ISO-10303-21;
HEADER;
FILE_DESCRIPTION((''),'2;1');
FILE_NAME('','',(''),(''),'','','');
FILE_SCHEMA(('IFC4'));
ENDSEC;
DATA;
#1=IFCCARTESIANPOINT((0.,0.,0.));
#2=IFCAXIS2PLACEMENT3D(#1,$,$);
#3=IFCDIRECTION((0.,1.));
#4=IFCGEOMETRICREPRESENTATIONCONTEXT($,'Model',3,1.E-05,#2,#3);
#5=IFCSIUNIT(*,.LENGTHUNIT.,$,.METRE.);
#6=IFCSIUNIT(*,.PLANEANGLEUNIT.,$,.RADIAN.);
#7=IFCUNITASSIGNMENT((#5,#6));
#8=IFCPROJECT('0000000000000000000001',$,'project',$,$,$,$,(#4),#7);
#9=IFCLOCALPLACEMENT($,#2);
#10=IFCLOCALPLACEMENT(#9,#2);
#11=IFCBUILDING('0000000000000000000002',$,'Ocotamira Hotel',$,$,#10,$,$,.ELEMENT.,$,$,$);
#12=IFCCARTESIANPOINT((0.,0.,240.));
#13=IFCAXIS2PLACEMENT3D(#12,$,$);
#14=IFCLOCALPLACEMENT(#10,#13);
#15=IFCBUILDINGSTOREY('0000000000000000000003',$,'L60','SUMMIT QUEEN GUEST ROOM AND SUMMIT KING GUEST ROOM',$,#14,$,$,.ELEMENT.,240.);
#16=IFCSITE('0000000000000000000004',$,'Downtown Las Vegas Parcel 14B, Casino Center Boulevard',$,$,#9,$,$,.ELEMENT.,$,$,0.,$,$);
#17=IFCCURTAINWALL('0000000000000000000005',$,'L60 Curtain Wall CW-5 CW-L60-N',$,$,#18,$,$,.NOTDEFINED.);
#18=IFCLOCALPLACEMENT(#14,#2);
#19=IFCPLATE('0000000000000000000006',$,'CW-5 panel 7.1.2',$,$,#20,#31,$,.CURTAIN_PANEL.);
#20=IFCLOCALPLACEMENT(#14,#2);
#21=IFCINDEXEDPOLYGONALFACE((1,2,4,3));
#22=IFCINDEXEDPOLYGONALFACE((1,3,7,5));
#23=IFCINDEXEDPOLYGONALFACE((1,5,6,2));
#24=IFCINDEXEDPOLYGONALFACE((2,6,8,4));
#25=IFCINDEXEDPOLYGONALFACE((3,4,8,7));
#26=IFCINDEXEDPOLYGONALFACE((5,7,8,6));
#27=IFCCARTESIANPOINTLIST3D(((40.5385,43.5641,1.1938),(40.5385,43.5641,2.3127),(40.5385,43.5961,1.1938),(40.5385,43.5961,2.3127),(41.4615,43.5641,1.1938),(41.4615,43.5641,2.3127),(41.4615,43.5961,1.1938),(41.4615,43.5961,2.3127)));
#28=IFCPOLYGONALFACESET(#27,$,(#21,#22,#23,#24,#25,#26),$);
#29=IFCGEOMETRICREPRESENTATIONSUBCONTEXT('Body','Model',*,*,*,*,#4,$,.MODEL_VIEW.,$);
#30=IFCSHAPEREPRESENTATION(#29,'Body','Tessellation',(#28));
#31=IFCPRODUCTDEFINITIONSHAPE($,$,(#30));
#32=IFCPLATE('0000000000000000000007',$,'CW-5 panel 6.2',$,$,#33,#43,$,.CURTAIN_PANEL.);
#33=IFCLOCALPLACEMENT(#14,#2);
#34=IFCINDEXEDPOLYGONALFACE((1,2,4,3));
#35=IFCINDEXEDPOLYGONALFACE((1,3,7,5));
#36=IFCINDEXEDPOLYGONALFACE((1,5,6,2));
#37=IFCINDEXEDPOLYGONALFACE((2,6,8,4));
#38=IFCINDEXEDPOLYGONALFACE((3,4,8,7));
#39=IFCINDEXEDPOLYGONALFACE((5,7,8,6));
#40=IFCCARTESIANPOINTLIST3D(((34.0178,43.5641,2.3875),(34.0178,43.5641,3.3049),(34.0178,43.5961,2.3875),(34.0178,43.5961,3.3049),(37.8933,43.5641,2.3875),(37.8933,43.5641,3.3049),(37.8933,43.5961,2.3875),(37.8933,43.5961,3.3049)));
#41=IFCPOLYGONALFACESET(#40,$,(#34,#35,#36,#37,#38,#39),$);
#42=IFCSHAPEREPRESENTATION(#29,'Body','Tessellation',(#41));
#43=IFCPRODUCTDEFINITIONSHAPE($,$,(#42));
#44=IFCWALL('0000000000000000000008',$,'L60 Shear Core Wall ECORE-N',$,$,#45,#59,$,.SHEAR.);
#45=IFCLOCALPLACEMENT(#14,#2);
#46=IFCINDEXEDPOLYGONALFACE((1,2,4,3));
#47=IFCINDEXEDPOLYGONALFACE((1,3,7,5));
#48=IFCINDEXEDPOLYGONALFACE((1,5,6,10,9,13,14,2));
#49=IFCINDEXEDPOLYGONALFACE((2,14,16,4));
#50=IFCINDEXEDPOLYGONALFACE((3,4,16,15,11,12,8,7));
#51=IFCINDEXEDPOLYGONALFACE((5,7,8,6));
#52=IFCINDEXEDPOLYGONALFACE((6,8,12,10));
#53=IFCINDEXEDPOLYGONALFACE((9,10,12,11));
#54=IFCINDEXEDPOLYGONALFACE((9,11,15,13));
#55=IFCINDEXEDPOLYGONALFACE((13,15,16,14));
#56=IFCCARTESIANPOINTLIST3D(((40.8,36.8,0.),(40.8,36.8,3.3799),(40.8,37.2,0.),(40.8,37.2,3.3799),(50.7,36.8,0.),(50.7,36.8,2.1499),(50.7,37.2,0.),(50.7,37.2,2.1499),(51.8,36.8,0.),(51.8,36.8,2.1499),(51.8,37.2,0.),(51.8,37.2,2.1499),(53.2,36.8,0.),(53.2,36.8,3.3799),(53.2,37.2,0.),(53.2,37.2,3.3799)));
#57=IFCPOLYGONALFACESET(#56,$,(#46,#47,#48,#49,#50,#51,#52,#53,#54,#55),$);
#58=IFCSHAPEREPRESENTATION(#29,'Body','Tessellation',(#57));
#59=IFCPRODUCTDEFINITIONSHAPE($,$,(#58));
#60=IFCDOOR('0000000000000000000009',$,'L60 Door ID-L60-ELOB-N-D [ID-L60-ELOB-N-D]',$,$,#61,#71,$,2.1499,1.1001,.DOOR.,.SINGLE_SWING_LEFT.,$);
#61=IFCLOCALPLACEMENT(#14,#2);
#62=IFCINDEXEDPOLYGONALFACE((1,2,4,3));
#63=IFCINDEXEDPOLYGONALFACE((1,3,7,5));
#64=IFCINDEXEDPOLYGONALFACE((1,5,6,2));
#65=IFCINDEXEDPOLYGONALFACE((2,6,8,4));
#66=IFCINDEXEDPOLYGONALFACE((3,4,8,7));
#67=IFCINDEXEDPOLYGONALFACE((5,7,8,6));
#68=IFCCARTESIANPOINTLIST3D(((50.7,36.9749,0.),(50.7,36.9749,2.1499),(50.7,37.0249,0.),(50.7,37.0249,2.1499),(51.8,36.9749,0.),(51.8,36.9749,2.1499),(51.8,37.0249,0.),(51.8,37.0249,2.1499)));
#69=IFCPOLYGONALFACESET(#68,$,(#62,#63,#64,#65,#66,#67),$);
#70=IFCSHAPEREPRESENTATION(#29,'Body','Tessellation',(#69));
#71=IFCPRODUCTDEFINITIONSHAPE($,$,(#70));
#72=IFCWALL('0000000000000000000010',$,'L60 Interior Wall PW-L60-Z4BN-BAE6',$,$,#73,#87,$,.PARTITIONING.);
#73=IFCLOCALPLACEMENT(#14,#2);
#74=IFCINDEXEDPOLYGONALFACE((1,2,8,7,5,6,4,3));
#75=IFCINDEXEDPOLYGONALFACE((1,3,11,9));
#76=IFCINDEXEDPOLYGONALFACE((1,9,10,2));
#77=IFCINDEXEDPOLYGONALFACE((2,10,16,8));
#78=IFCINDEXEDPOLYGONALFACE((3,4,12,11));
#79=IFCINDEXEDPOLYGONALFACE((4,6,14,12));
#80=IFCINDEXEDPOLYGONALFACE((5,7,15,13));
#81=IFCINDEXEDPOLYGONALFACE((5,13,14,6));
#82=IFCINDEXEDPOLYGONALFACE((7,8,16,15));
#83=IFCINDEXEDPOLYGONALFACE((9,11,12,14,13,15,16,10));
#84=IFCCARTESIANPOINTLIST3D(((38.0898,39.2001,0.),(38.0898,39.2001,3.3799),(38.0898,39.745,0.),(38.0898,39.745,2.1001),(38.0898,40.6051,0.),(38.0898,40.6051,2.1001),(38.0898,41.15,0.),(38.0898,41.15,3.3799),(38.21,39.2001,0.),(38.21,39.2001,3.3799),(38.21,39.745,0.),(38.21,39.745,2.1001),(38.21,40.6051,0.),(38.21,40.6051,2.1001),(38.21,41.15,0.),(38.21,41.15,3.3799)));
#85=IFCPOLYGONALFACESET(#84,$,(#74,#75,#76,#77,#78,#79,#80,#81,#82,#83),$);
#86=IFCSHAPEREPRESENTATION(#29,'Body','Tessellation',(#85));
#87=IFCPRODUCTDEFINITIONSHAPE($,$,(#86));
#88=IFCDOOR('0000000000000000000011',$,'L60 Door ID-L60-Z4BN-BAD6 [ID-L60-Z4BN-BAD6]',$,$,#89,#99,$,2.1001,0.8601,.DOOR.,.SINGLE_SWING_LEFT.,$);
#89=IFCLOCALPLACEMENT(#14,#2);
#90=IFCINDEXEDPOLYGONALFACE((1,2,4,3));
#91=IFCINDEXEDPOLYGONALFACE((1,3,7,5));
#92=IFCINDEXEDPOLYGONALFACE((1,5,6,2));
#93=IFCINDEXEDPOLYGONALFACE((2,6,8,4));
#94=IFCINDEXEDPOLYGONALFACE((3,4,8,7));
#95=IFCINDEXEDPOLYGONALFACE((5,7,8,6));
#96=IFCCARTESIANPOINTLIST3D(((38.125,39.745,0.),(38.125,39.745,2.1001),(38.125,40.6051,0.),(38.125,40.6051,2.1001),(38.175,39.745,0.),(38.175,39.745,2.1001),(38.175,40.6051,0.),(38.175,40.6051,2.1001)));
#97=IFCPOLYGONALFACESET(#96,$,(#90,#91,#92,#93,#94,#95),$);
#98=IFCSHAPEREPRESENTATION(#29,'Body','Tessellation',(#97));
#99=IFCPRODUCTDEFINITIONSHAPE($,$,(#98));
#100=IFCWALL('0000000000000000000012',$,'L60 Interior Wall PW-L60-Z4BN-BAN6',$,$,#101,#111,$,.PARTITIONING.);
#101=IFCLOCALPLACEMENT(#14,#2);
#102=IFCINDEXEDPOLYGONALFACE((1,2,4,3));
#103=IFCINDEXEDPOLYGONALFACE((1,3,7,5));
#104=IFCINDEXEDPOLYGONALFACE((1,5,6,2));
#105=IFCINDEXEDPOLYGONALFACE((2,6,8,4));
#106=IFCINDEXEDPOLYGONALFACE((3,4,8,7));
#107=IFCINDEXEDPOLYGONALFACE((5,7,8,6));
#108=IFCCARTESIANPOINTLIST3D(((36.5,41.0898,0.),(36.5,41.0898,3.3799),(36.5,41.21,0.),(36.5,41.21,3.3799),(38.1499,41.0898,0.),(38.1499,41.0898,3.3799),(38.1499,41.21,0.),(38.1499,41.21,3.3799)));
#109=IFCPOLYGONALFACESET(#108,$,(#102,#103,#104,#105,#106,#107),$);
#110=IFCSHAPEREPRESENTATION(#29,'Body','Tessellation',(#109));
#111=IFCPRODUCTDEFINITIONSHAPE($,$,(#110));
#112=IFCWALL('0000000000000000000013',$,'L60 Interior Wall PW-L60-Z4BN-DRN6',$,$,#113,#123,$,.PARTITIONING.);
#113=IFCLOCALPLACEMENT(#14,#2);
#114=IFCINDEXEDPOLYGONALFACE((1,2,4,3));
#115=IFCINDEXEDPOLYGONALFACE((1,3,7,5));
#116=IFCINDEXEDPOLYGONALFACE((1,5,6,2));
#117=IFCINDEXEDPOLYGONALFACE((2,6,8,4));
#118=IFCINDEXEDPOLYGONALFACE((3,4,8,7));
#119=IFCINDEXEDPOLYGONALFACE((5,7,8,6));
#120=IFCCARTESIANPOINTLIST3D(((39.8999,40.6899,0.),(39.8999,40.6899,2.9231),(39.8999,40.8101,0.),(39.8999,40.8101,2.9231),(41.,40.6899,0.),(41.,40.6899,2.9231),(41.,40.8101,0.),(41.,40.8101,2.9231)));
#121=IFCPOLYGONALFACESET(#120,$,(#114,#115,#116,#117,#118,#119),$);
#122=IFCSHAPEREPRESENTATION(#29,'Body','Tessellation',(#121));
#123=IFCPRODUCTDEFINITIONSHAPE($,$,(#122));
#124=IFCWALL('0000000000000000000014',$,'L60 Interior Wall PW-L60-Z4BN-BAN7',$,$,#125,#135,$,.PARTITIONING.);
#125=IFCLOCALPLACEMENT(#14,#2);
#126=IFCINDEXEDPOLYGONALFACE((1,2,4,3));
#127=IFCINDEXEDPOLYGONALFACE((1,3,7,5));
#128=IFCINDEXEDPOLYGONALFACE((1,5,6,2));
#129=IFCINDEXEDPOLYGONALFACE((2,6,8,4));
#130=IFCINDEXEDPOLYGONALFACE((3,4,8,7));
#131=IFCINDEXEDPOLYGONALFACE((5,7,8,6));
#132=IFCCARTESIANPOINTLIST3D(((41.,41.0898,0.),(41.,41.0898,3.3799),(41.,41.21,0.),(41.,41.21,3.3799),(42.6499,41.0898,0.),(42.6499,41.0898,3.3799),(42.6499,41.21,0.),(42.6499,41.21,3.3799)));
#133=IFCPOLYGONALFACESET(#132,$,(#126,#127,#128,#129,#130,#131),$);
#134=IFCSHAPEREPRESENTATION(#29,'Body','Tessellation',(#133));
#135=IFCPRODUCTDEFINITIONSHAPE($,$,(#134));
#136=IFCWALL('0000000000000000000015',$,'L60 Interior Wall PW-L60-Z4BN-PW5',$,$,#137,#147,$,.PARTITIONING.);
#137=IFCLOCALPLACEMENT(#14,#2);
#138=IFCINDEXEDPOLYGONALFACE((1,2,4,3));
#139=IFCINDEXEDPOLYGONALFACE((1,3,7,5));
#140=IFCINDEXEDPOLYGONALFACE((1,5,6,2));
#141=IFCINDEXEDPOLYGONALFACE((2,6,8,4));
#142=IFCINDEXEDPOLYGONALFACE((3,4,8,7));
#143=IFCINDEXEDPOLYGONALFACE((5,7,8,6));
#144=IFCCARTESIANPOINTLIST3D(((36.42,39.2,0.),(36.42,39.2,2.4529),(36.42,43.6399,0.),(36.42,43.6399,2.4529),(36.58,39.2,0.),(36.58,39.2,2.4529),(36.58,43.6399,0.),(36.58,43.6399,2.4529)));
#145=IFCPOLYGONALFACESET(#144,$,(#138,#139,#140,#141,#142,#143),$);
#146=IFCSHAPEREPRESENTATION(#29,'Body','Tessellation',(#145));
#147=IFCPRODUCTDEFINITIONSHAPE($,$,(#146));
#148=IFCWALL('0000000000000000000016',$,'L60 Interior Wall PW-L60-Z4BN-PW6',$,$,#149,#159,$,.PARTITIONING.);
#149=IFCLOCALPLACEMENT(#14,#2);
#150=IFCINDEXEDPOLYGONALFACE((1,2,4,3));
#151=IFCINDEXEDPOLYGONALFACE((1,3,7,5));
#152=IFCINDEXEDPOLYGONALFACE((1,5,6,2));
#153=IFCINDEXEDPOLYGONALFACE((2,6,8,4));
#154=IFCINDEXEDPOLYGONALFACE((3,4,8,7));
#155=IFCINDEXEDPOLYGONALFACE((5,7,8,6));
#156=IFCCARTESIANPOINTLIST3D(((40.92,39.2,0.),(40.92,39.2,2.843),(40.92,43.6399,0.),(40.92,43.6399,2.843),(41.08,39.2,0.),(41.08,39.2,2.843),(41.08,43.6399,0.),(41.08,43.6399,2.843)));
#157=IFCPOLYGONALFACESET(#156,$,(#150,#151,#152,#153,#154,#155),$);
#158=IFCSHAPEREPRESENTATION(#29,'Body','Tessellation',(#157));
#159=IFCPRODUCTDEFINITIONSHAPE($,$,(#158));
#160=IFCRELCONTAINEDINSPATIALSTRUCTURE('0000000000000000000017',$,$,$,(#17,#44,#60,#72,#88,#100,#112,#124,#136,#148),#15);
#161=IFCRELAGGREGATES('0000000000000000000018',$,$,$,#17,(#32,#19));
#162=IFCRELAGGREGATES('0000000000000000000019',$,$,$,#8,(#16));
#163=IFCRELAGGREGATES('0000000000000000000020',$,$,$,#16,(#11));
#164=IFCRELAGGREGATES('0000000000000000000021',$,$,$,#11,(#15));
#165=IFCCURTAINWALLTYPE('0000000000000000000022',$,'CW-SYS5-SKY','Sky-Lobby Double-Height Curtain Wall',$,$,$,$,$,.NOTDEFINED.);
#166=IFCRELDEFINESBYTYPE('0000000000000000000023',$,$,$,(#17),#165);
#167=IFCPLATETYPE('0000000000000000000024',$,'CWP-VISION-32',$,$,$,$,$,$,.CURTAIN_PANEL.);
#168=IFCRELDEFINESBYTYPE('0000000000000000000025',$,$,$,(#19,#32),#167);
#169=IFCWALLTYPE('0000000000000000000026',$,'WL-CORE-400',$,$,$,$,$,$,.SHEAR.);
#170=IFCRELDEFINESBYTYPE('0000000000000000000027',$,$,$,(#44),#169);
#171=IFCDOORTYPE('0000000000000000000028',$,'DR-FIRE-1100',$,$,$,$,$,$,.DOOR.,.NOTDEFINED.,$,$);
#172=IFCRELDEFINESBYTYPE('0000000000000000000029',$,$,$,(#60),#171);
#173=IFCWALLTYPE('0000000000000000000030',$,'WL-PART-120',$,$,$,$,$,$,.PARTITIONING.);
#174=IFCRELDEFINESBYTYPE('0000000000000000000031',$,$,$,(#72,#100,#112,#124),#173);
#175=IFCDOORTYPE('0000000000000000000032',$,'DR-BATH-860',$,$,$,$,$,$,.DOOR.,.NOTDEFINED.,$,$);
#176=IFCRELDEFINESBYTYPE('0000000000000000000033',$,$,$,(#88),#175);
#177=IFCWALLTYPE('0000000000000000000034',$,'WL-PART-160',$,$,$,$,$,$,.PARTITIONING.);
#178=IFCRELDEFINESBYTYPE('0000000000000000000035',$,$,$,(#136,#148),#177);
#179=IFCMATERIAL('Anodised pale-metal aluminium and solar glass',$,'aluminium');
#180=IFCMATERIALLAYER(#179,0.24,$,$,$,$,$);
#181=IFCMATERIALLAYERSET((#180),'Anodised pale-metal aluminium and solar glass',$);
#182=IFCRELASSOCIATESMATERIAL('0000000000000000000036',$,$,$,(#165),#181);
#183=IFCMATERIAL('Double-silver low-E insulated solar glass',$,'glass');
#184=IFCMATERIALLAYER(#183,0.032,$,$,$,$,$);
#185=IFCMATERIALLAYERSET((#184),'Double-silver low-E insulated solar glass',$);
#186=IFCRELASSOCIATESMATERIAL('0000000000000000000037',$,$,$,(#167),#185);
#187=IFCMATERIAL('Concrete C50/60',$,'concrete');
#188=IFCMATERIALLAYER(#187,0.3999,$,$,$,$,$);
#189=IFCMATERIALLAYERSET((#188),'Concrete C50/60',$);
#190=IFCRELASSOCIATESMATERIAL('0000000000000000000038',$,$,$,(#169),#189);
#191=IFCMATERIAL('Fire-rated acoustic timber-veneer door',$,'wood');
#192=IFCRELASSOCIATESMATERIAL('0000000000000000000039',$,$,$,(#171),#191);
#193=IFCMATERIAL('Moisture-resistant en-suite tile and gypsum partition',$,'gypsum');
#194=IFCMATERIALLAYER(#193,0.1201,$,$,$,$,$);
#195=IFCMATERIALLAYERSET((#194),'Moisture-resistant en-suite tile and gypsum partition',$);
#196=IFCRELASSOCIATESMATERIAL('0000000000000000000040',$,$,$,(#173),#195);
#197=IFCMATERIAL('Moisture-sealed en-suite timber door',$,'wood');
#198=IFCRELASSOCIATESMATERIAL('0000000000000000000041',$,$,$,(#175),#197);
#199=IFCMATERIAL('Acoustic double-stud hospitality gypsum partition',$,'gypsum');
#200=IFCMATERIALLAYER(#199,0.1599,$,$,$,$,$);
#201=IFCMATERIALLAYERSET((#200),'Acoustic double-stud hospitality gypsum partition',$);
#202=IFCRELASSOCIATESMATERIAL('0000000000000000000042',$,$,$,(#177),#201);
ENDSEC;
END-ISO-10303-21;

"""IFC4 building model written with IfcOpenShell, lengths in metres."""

from ifc_helpers import new_model, si_unit, direction, frame, frame_2d, origin, origin_2d, place, context, subcontext, project, spatial, rectangle, extrude, source, transform, mapped, material, layer, layer_set, type_object, element, fill, aggregate, save


model = new_model("IFC4")

# Units and contexts
model_context = context("Model", 3, precision=1e-05, world=origin(), true_north=direction((0.0, 1.0)))
body_context = subcontext(model_context, "Body", "Model", "MODEL_VIEW")
ifc_project = project(units=[si_unit("LENGTHUNIT", "METRE"), si_unit("PLANEANGLEUNIT", "RADIAN")], contexts=[model_context])

# Site, building, storey
site_placement = place(None, origin())
site = spatial("IfcSite", under=ifc_project, at=site_placement, Name="Downtown Las Vegas Parcel 14B, Casino Center Boulevard", CompositionType="ELEMENT", RefElevation=0.0)
building_placement = place(site_placement, origin())
building = spatial("IfcBuilding", under=site, at=building_placement, Name="Ocotamira Hotel", CompositionType="ELEMENT")
storey_placement = place(building_placement, frame((0.0, 0.0, 240.0)))
storey = spatial("IfcBuildingStorey", under=building, at=storey_placement, Name="L60", Description="SUMMIT QUEEN GUEST ROOM AND SUMMIT KING GUEST ROOM", CompositionType="ELEMENT", Elevation=240.0)

# Shared definitions
ifc_material_1 = material(Name="Concrete C50/60", Category="concrete")

# Curtain wall
ifc_material_2 = material(Name="Anodised pale-metal aluminium and solar glass", Category="aluminium")
ifc_layer_1 = layer(ifc_material_2, 0.24)
ifc_layer_set_1 = layer_set([ifc_layer_1], Name="Anodised pale-metal aluminium and solar glass")
curtain_wall_type = type_object("IfcCurtainWallType", Name="CW-SYS5-SKY", Description="Sky-Lobby Double-Height Curtain Wall", PredefinedType="NOTDEFINED", material=ifc_layer_set_1)
curtain_wall_placement = place(storey_placement, origin())
curtain_wall = element("IfcCurtainWall", 1, at=curtain_wall_placement, inside=storey, type_object=curtain_wall_type, Name="L60 Curtain Wall CW-5 CW-L60-N", PredefinedType="NOTDEFINED")

# Plates
ifc_material_3 = material(Name="Double-silver low-E insulated solar glass", Category="glass")
ifc_layer_2 = layer(ifc_material_3, 0.032)
ifc_layer_set_2 = layer_set([ifc_layer_2], Name="Double-silver low-E insulated solar glass")
plate_type_1 = type_object("IfcPlateType", Name="CWP-VISION-32", PredefinedType="CURTAIN_PANEL", material=ifc_layer_set_2)
shared_shape_1 = source(origin(), body_context, "Body", "SweptSolid", [
    extrude(rectangle(XDim=0.9231, YDim=0.032, at=origin_2d()), origin(), (0.0, 0.0, 1.0), 1.1189),
])
plate_1_placement = place(storey_placement, frame((41.0, 43.5801, 1.1938), z_axis=(0.0, 0.0, 1.0), x_axis=(1.0, 0.0, 0.0)))
plate_1 = element("IfcPlate", 2, at=plate_1_placement, type_object=plate_type_1, Name="CW-5 panel 7.1.2", PredefinedType="CURTAIN_PANEL", context=body_context, shape_type="MappedRepresentation", body=[
    mapped(shared_shape_1, transform((0.0, 0.0, 0.0), scale=1.0)),
])
shared_shape_2 = source(origin(), body_context, "Body", "SweptSolid", [
    extrude(rectangle(XDim=3.8755, YDim=0.032, at=origin_2d()), origin(), (0.0, 0.0, 1.0), 0.9175),
])
plate_2_placement = place(storey_placement, frame((35.9556, 43.5801, 2.3875), z_axis=(0.0, 0.0, 1.0), x_axis=(1.0, 0.0, 0.0)))
plate_2 = element("IfcPlate", 3, at=plate_2_placement, type_object=plate_type_1, Name="CW-5 panel 6.2", PredefinedType="CURTAIN_PANEL", context=body_context, shape_type="MappedRepresentation", body=[
    mapped(shared_shape_2, transform((0.0, 0.0, 0.0), scale=1.0)),
])
aggregate(curtain_wall, [plate_2, plate_1])

# Walls, openings, doors
ifc_layer_3 = layer(ifc_material_1, 0.3999)
ifc_layer_set_3 = layer_set([ifc_layer_3], Name="Concrete C50/60")
wall_type_1 = type_object("IfcWallType", Name="WL-CORE-400", PredefinedType="SHEAR", material=ifc_layer_set_3)
wall_1_placement = place(storey_placement, frame((40.8, 37.0, 0.0), z_axis=(0.0, 0.0, 1.0), x_axis=(1.0, 0.0, 0.0)))
wall_1 = element("IfcWall", 4, at=wall_1_placement, inside=storey, type_object=wall_type_1, Name="L60 Shear Core Wall ECORE-N", PredefinedType="SHEAR", context=body_context, shape_type="SweptSolid", body=[
    extrude(rectangle(XDim=12.3999, YDim=0.3999, at=frame_2d((6.2, 0.0))), origin(), (0.0, 0.0, 1.0), 3.3799),
])
opening_1_placement = place(wall_1_placement, frame((9.8999, 0.0, 0.0)))
opening_1 = element("IfcOpeningElement", 5, at=opening_1_placement, cuts=wall_1, PredefinedType="OPENING", context=body_context, shape_type="SweptSolid", body=[
    extrude(rectangle(XDim=1.1001, YDim=2.1499, at=frame_2d((0.55, 1.075))), frame((0.0, 0.21, 0.0), z_axis=(0.0, -1.0, 0.0), x_axis=(1.0, 0.0, 0.0)), (0.0, 0.0, 1.0), 0.4199),
])
ifc_material_4 = material(Name="Fire-rated acoustic timber-veneer door", Category="wood")
door_type_1 = type_object("IfcDoorType", Name="DR-FIRE-1100", OperationType="NOTDEFINED", PredefinedType="DOOR", material=ifc_material_4)
shared_shape_3 = source(origin(), body_context, "Body", "SweptSolid", [
    extrude(rectangle(XDim=1.1001, YDim=2.1499, at=frame_2d((0.55, 1.075))), frame((0.0, 0.0249, 0.0), z_axis=(0.0, -1.0, 0.0), x_axis=(1.0, 0.0, 0.0)), (0.0, 0.0, 1.0), 0.05),
])
door_1_placement = place(opening_1_placement, origin())
door_1 = element("IfcDoor", 6, at=door_1_placement, inside=storey, type_object=door_type_1, Name="L60 Door ID-L60-ELOB-N-D [ID-L60-ELOB-N-D]", OperationType="SINGLE_SWING_LEFT", OverallHeight=2.1499, OverallWidth=1.1001, PredefinedType="DOOR", context=body_context, shape_type="MappedRepresentation", body=[
    mapped(shared_shape_3, transform((0.0, 0.0, 0.0), scale=1.0)),
])
fill(opening_1, door_1)
ifc_material_5 = material(Name="Moisture-resistant en-suite tile and gypsum partition", Category="gypsum")
ifc_layer_4 = layer(ifc_material_5, 0.1201)
ifc_layer_set_4 = layer_set([ifc_layer_4], Name="Moisture-resistant en-suite tile and gypsum partition")
wall_type_2 = type_object("IfcWallType", Name="WL-PART-120", PredefinedType="PARTITIONING", material=ifc_layer_set_4)
wall_2_placement = place(storey_placement, frame((38.1499, 39.2, 0.0), z_axis=(0.0, 0.0, 1.0), x_axis=(0.0, 1.0, 0.0)))
wall_2 = element("IfcWall", 7, at=wall_2_placement, inside=storey, type_object=wall_type_2, Name="L60 Interior Wall PW-L60-Z4BN-BAE6", PredefinedType="PARTITIONING", context=body_context, shape_type="SweptSolid", body=[
    extrude(rectangle(XDim=1.95, YDim=0.1201, at=frame_2d((0.9751, 0.0))), origin(), (0.0, 0.0, 1.0), 3.3799),
])
opening_2_placement = place(wall_2_placement, frame((0.5449, 0.0, 0.0)))
opening_2 = element("IfcOpeningElement", 8, at=opening_2_placement, cuts=wall_2, PredefinedType="OPENING", context=body_context, shape_type="SweptSolid", body=[
    extrude(rectangle(XDim=0.8601, YDim=2.1001, at=frame_2d((0.4302, 1.05))), frame((0.0, 0.0701, 0.0), z_axis=(0.0, -1.0, 0.0), x_axis=(1.0, 0.0, 0.0)), (0.0, 0.0, 1.0), 0.1401),
])
ifc_material_6 = material(Name="Moisture-sealed en-suite timber door", Category="wood")
door_type_2 = type_object("IfcDoorType", Name="DR-BATH-860", OperationType="NOTDEFINED", PredefinedType="DOOR", material=ifc_material_6)
shared_shape_4 = source(origin(), body_context, "Body", "SweptSolid", [
    extrude(rectangle(XDim=0.8601, YDim=2.1001, at=frame_2d((0.4302, 1.05))), frame((0.0, 0.0249, 0.0), z_axis=(0.0, -1.0, 0.0), x_axis=(1.0, 0.0, 0.0)), (0.0, 0.0, 1.0), 0.05),
])
door_2_placement = place(opening_2_placement, origin())
door_2 = element("IfcDoor", 9, at=door_2_placement, inside=storey, type_object=door_type_2, Name="L60 Door ID-L60-Z4BN-BAD6 [ID-L60-Z4BN-BAD6]", OperationType="SINGLE_SWING_LEFT", OverallHeight=2.1001, OverallWidth=0.8601, PredefinedType="DOOR", context=body_context, shape_type="MappedRepresentation", body=[
    mapped(shared_shape_4, transform((0.0, 0.0, 0.0), scale=1.0)),
])
fill(opening_2, door_2)

# Walls
wall_3_placement = place(storey_placement, frame((36.5, 41.1499, 0.0), z_axis=(0.0, 0.0, 1.0), x_axis=(1.0, 0.0, 0.0)))
element("IfcWall", 10, at=wall_3_placement, inside=storey, type_object=wall_type_2, Name="L60 Interior Wall PW-L60-Z4BN-BAN6", PredefinedType="PARTITIONING", context=body_context, shape_type="SweptSolid", body=[
    extrude(rectangle(XDim=1.6499, YDim=0.1201, at=frame_2d((0.825, 0.0))), origin(), (0.0, 0.0, 1.0), 3.3799),
])
wall_4_placement = place(storey_placement, frame((39.8999, 40.75, 0.0), z_axis=(0.0, 0.0, 1.0), x_axis=(1.0, 0.0, 0.0)))
element("IfcWall", 11, at=wall_4_placement, inside=storey, type_object=wall_type_2, Name="L60 Interior Wall PW-L60-Z4BN-DRN6", PredefinedType="PARTITIONING", context=body_context, shape_type="SweptSolid", body=[
    extrude(rectangle(XDim=1.1001, YDim=0.1201, at=frame_2d((0.55, 0.0))), origin(), (0.0, 0.0, 1.0), 2.9231),
])
wall_5_placement = place(storey_placement, frame((41.0, 41.1499, 0.0), z_axis=(0.0, 0.0, 1.0), x_axis=(1.0, 0.0, 0.0)))
element("IfcWall", 12, at=wall_5_placement, inside=storey, type_object=wall_type_2, Name="L60 Interior Wall PW-L60-Z4BN-BAN7", PredefinedType="PARTITIONING", context=body_context, shape_type="SweptSolid", body=[
    extrude(rectangle(XDim=1.6499, YDim=0.1201, at=frame_2d((0.825, 0.0))), origin(), (0.0, 0.0, 1.0), 3.3799),
])
ifc_material_7 = material(Name="Acoustic double-stud hospitality gypsum partition", Category="gypsum")
ifc_layer_5 = layer(ifc_material_7, 0.1599)
ifc_layer_set_5 = layer_set([ifc_layer_5], Name="Acoustic double-stud hospitality gypsum partition")
wall_type_3 = type_object("IfcWallType", Name="WL-PART-160", PredefinedType="PARTITIONING", material=ifc_layer_set_5)
wall_6_placement = place(storey_placement, frame((36.5, 39.2, 0.0), z_axis=(0.0, 0.0, 1.0), x_axis=(0.0, 1.0, 0.0)))
element("IfcWall", 13, at=wall_6_placement, inside=storey, type_object=wall_type_3, Name="L60 Interior Wall PW-L60-Z4BN-PW5", PredefinedType="PARTITIONING", context=body_context, shape_type="SweptSolid", body=[
    extrude(rectangle(XDim=4.4399, YDim=0.1599, at=frame_2d((2.22, 0.0))), origin(), (0.0, 0.0, 1.0), 2.4529),
])
wall_7_placement = place(storey_placement, frame((41.0, 39.2, 0.0), z_axis=(0.0, 0.0, 1.0), x_axis=(0.0, 1.0, 0.0)))
element("IfcWall", 14, at=wall_7_placement, inside=storey, type_object=wall_type_3, Name="L60 Interior Wall PW-L60-Z4BN-PW6", PredefinedType="PARTITIONING", context=body_context, shape_type="SweptSolid", body=[
    extrude(rectangle(XDim=4.4399, YDim=0.1599, at=frame_2d((2.22, 0.0))), origin(), (0.0, 0.0, 1.0), 2.843),
])

save(model, "model.ifc")
